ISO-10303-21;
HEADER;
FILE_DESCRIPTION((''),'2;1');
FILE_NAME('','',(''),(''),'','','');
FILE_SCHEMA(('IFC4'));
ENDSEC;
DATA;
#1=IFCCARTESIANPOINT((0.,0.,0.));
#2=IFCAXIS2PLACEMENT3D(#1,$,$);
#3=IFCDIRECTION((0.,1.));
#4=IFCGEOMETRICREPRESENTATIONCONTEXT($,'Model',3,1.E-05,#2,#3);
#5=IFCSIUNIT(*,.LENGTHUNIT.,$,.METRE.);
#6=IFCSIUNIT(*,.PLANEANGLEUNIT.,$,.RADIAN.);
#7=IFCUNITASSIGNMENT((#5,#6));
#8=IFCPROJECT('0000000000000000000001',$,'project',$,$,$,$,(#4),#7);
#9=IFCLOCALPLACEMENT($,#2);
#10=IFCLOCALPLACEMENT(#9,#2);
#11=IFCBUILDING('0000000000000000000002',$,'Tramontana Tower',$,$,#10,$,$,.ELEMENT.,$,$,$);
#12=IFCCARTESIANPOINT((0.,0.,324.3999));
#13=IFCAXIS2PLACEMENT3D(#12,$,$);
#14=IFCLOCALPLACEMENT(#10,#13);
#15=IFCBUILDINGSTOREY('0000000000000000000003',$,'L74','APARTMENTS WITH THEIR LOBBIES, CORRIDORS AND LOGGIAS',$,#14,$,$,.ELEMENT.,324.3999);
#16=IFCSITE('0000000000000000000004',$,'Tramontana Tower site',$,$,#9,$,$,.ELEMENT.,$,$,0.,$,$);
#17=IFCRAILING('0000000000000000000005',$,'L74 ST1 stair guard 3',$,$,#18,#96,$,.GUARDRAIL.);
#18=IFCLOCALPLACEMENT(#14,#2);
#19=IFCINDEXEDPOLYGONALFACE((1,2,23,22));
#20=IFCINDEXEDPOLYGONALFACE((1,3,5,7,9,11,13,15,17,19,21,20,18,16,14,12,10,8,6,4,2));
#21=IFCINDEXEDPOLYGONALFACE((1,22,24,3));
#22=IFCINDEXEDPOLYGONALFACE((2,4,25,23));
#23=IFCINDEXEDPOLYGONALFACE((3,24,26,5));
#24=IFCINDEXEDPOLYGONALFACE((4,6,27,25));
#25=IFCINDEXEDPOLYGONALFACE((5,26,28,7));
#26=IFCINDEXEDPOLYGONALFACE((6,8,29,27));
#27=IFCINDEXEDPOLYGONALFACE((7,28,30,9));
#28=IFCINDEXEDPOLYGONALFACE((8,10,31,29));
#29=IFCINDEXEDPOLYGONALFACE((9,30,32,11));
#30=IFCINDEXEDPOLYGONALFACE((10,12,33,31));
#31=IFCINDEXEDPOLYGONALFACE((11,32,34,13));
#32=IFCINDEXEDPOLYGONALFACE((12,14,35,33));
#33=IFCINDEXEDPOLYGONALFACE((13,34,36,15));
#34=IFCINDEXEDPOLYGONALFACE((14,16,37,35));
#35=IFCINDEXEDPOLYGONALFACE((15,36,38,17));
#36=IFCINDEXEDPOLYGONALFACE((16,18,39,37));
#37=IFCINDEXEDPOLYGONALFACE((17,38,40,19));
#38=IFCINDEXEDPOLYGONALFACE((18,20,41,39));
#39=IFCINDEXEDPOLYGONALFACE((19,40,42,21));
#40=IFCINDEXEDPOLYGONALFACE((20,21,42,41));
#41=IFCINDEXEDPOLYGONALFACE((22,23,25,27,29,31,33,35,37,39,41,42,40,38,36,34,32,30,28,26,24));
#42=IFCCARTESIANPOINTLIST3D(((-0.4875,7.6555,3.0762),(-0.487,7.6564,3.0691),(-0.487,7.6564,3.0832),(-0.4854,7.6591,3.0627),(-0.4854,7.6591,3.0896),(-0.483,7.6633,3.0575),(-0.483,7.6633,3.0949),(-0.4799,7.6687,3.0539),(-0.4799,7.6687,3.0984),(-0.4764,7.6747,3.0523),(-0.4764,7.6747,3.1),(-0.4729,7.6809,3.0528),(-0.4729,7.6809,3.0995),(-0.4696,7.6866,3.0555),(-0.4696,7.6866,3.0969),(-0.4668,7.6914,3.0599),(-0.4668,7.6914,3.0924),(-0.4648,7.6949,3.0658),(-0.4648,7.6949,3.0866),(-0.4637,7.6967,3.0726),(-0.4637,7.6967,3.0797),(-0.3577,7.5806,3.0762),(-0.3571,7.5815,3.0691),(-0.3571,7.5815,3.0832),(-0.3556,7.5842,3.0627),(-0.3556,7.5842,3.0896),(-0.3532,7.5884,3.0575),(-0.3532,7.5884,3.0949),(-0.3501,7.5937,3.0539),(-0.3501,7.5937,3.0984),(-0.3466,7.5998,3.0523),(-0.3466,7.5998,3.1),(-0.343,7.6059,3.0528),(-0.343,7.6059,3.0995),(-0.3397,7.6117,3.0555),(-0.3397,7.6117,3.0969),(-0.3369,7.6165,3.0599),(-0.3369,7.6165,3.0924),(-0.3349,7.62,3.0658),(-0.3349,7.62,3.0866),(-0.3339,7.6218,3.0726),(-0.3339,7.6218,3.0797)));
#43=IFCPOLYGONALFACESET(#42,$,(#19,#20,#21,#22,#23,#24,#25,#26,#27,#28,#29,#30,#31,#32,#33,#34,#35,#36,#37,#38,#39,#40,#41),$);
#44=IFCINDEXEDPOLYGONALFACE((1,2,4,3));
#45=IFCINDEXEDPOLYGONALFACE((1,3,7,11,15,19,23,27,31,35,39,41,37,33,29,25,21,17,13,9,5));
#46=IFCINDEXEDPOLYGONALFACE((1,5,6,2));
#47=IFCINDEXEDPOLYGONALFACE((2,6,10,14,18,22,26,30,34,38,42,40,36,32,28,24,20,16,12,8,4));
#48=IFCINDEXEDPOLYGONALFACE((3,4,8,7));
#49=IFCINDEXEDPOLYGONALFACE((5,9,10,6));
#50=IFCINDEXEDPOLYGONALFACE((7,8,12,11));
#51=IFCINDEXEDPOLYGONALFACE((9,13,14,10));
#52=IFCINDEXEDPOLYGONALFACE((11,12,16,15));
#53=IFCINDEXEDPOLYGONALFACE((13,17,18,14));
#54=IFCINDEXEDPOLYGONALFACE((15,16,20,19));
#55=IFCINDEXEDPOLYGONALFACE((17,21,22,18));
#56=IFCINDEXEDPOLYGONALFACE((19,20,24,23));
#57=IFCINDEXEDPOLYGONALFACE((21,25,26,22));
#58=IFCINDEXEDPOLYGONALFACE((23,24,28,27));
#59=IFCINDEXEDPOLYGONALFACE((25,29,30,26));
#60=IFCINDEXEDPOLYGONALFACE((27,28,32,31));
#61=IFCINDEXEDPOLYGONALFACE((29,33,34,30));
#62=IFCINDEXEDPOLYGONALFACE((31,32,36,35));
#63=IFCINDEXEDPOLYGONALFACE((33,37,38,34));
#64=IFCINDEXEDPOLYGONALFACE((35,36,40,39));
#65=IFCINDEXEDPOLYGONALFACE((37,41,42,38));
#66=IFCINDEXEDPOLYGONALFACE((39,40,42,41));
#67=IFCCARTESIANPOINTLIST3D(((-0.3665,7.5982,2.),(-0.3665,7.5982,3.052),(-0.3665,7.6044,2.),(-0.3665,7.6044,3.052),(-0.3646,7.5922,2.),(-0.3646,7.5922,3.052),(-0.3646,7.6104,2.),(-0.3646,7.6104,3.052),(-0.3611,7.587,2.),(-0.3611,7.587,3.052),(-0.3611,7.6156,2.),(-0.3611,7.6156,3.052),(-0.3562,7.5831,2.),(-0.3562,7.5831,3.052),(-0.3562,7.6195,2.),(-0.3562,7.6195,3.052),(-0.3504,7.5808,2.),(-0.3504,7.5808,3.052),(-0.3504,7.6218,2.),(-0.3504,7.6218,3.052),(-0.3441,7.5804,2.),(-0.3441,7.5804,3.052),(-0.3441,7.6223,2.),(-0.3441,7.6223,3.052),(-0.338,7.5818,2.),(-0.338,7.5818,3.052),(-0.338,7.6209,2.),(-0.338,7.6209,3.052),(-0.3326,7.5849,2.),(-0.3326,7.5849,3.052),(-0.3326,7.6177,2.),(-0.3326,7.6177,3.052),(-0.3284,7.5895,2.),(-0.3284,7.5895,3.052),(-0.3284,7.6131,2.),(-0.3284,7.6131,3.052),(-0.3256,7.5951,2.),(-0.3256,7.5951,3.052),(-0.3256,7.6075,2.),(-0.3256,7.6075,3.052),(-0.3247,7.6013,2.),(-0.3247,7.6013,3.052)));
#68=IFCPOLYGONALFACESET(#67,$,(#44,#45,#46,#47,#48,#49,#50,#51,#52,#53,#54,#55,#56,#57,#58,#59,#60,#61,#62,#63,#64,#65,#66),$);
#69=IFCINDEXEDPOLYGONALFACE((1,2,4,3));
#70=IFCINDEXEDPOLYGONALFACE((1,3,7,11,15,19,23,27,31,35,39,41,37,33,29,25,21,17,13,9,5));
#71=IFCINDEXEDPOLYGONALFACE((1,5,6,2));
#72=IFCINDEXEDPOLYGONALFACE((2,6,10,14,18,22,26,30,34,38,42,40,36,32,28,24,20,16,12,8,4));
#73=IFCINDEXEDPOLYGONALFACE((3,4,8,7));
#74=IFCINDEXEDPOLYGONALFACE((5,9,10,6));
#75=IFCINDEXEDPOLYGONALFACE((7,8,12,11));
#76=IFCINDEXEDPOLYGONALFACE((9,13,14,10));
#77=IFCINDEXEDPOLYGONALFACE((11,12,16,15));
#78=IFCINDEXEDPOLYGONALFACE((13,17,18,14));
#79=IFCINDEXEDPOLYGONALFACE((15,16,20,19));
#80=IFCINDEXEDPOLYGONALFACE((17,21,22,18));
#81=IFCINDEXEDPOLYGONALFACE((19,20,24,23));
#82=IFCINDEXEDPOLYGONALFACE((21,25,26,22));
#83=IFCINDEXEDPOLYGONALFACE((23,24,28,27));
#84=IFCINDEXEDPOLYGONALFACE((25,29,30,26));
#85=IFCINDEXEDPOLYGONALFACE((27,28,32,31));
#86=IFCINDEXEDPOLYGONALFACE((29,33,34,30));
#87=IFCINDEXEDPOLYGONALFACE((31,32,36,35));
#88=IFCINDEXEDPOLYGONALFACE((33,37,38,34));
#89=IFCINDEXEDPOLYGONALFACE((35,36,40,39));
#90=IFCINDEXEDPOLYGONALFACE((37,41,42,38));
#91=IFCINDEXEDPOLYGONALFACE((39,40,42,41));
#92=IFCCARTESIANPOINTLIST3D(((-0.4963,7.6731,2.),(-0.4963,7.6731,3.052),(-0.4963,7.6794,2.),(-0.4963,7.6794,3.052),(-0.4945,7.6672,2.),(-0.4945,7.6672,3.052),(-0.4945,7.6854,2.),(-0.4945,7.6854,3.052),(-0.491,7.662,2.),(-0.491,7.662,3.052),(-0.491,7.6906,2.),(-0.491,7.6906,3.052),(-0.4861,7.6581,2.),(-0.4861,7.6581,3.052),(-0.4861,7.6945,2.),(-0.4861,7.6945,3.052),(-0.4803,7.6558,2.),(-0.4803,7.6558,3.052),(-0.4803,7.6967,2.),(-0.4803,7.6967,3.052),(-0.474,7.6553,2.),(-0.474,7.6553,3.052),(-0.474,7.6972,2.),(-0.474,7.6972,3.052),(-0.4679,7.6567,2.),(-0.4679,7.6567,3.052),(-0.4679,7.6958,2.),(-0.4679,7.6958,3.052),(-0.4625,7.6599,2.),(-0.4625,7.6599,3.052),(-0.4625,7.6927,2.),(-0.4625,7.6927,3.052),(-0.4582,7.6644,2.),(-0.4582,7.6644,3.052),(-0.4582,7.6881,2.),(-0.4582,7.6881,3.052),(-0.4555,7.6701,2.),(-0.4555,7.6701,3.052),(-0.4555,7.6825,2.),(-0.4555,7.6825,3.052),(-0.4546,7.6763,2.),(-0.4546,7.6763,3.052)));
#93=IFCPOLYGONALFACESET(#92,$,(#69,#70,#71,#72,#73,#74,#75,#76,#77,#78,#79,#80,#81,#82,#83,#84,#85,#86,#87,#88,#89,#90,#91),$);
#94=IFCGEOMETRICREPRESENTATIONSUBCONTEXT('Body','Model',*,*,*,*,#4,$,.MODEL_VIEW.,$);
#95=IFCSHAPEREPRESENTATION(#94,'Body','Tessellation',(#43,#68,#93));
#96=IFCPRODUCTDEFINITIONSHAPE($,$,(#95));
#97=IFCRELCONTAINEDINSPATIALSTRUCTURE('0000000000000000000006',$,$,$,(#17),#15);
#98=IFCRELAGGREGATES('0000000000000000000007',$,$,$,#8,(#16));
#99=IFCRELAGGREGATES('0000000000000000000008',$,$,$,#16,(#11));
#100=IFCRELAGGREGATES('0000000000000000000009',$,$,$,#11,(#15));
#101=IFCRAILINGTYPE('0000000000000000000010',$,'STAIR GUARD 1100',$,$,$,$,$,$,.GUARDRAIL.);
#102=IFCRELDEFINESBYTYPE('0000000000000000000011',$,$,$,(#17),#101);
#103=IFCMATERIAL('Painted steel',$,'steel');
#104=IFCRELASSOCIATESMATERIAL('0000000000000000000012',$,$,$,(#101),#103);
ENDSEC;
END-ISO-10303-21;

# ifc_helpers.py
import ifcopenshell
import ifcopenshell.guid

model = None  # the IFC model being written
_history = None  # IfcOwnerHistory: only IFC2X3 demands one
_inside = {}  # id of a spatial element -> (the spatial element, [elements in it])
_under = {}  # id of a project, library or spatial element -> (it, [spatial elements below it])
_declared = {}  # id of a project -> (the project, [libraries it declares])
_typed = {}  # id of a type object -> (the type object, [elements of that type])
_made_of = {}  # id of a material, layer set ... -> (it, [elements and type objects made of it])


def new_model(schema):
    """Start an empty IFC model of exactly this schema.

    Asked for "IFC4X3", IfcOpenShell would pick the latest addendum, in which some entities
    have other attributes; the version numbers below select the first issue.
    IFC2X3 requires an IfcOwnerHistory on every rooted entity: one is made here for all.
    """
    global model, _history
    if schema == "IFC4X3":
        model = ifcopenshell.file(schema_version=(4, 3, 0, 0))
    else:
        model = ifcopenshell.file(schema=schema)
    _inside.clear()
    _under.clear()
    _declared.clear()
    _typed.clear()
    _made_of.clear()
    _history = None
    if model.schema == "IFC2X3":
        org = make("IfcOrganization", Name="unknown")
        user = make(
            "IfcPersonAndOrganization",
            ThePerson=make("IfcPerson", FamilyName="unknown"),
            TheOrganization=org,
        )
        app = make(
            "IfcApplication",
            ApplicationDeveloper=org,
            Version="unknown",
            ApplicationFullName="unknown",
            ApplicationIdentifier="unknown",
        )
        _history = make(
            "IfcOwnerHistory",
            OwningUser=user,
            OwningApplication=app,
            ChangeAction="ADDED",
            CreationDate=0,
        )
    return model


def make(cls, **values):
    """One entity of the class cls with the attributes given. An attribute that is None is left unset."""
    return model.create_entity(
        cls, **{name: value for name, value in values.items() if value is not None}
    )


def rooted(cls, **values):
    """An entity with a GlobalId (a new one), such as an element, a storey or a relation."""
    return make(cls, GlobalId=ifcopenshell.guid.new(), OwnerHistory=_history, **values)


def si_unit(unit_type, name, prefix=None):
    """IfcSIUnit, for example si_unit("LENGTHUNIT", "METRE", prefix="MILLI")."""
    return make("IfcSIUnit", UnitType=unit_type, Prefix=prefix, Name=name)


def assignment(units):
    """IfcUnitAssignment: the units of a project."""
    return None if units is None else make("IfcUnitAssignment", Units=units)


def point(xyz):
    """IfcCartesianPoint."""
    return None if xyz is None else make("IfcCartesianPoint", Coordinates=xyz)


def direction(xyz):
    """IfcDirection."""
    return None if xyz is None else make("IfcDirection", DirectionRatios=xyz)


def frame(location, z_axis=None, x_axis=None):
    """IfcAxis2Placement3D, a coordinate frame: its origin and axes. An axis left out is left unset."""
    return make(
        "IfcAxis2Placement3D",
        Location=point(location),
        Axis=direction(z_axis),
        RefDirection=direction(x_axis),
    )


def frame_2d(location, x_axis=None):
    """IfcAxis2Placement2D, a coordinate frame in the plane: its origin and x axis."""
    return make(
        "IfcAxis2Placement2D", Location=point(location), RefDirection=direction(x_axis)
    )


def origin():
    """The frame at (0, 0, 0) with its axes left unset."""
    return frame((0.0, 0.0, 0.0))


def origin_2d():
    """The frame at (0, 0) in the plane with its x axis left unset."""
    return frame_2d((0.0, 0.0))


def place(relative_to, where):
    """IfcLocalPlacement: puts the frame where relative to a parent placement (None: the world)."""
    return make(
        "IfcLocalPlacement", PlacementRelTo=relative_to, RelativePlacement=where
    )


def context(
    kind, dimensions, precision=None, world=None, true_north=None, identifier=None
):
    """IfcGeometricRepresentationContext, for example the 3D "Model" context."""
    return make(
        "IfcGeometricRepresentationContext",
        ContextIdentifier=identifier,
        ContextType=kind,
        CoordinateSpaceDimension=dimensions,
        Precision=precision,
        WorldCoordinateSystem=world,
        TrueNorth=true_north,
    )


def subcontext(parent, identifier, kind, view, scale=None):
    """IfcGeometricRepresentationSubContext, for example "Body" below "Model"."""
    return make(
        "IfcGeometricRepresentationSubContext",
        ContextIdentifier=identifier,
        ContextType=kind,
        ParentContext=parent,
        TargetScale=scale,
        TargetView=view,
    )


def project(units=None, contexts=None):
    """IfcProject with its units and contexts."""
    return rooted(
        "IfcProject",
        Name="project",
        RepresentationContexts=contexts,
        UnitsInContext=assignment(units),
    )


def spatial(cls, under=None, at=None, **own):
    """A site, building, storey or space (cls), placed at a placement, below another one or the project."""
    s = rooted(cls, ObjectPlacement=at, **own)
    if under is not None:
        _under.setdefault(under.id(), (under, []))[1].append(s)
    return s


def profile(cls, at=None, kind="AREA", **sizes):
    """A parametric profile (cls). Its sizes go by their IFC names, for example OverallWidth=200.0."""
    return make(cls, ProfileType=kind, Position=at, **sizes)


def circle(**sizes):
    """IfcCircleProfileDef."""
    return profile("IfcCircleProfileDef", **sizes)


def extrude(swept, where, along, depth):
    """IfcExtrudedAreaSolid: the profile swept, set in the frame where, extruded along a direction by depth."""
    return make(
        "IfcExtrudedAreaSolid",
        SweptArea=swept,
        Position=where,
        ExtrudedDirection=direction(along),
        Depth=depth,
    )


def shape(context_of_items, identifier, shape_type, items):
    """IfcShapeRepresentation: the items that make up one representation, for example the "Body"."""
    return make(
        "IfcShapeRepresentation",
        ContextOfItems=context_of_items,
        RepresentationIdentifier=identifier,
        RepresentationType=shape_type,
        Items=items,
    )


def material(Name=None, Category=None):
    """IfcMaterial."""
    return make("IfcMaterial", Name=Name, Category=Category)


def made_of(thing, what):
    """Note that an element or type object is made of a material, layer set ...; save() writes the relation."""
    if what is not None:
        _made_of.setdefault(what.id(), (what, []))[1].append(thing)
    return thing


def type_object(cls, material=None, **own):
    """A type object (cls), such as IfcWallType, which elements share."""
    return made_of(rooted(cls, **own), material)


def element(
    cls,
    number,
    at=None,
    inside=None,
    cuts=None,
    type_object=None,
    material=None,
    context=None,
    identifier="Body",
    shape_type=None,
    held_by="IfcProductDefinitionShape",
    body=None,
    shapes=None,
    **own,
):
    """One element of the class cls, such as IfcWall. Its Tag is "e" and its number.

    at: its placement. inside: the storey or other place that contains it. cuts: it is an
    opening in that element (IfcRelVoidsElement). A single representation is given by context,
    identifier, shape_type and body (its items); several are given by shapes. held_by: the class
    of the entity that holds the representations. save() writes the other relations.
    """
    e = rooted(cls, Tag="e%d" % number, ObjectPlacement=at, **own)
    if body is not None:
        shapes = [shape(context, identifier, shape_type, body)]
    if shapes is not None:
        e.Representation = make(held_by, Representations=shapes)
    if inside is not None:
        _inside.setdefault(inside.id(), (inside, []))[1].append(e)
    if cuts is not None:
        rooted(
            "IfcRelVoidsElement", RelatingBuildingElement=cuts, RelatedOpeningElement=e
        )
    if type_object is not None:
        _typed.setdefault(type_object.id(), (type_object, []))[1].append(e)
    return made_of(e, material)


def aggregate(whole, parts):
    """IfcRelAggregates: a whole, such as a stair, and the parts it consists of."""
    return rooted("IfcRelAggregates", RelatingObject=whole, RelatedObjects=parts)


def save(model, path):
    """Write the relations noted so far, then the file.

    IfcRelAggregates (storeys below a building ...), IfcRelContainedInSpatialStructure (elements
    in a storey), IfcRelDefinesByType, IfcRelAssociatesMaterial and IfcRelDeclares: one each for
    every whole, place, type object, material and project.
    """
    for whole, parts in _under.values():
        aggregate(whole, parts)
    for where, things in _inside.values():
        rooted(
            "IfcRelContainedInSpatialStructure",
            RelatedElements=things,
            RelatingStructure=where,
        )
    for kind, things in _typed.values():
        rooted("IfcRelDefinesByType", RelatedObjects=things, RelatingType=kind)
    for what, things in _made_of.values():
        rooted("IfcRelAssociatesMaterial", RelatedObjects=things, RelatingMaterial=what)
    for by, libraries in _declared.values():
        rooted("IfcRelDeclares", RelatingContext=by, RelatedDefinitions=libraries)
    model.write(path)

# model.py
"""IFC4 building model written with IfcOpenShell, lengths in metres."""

from ifc_helpers import new_model, si_unit, direction, frame, origin, origin_2d, place, context, subcontext, project, spatial, circle, extrude, material, type_object, element, save


model = new_model("IFC4")

# Units and contexts
model_context = context("Model", 3, precision=1e-05, world=origin(), true_north=direction((0.0, 1.0)))
body_context = subcontext(model_context, "Body", "Model", "MODEL_VIEW")
ifc_project = project(units=[si_unit("LENGTHUNIT", "METRE"), si_unit("PLANEANGLEUNIT", "RADIAN")], contexts=[model_context])

# Site, building, storey
site_placement = place(None, origin())
site = spatial("IfcSite", under=ifc_project, at=site_placement, Name="Tramontana Tower site", CompositionType="ELEMENT", RefElevation=0.0)
building_placement = place(site_placement, origin())
building = spatial("IfcBuilding", under=site, at=building_placement, Name="Tramontana Tower", CompositionType="ELEMENT")
storey_placement = place(building_placement, frame((0.0, 0.0, 324.3999)))
storey = spatial("IfcBuildingStorey", under=building, at=storey_placement, Name="L74", Description="APARTMENTS WITH THEIR LOBBIES, CORRIDORS AND LOGGIAS", CompositionType="ELEMENT", Elevation=324.3999)

# Railing
ifc_material_1 = material(Name="Painted steel", Category="steel")
railing_type_1 = type_object("IfcRailingType", Name="STAIR GUARD 1100", PredefinedType="GUARDRAIL", material=ifc_material_1)
railing_1_placement = place(storey_placement, frame((-0.3457, 7.6013, 2.0)))
element("IfcRailing", 1, at=railing_1_placement, inside=storey, type_object=railing_type_1, Name="L74 ST1 stair guard 3", PredefinedType="GUARDRAIL", context=body_context, shape_type="SweptSolid", body=[
    extrude(circle(Radius=0.0239, at=origin_2d()), frame((0.0, 0.0, 1.0762), z_axis=(-0.866131, 0.499816, 0.0), x_axis=(-0.499816, -0.866131, 0.0)), (0.0, 0.0, 1.0), 0.1499),
    extrude(circle(Radius=0.021, at=origin_2d()), origin(), (0.0, 0.0, 1.0), 1.052),
    extrude(circle(Radius=0.021, at=origin_2d()), frame((-0.1299, 0.075, 0.0)), (0.0, 0.0, 1.0), 1.052),
])

save(model, "model.ifc")
